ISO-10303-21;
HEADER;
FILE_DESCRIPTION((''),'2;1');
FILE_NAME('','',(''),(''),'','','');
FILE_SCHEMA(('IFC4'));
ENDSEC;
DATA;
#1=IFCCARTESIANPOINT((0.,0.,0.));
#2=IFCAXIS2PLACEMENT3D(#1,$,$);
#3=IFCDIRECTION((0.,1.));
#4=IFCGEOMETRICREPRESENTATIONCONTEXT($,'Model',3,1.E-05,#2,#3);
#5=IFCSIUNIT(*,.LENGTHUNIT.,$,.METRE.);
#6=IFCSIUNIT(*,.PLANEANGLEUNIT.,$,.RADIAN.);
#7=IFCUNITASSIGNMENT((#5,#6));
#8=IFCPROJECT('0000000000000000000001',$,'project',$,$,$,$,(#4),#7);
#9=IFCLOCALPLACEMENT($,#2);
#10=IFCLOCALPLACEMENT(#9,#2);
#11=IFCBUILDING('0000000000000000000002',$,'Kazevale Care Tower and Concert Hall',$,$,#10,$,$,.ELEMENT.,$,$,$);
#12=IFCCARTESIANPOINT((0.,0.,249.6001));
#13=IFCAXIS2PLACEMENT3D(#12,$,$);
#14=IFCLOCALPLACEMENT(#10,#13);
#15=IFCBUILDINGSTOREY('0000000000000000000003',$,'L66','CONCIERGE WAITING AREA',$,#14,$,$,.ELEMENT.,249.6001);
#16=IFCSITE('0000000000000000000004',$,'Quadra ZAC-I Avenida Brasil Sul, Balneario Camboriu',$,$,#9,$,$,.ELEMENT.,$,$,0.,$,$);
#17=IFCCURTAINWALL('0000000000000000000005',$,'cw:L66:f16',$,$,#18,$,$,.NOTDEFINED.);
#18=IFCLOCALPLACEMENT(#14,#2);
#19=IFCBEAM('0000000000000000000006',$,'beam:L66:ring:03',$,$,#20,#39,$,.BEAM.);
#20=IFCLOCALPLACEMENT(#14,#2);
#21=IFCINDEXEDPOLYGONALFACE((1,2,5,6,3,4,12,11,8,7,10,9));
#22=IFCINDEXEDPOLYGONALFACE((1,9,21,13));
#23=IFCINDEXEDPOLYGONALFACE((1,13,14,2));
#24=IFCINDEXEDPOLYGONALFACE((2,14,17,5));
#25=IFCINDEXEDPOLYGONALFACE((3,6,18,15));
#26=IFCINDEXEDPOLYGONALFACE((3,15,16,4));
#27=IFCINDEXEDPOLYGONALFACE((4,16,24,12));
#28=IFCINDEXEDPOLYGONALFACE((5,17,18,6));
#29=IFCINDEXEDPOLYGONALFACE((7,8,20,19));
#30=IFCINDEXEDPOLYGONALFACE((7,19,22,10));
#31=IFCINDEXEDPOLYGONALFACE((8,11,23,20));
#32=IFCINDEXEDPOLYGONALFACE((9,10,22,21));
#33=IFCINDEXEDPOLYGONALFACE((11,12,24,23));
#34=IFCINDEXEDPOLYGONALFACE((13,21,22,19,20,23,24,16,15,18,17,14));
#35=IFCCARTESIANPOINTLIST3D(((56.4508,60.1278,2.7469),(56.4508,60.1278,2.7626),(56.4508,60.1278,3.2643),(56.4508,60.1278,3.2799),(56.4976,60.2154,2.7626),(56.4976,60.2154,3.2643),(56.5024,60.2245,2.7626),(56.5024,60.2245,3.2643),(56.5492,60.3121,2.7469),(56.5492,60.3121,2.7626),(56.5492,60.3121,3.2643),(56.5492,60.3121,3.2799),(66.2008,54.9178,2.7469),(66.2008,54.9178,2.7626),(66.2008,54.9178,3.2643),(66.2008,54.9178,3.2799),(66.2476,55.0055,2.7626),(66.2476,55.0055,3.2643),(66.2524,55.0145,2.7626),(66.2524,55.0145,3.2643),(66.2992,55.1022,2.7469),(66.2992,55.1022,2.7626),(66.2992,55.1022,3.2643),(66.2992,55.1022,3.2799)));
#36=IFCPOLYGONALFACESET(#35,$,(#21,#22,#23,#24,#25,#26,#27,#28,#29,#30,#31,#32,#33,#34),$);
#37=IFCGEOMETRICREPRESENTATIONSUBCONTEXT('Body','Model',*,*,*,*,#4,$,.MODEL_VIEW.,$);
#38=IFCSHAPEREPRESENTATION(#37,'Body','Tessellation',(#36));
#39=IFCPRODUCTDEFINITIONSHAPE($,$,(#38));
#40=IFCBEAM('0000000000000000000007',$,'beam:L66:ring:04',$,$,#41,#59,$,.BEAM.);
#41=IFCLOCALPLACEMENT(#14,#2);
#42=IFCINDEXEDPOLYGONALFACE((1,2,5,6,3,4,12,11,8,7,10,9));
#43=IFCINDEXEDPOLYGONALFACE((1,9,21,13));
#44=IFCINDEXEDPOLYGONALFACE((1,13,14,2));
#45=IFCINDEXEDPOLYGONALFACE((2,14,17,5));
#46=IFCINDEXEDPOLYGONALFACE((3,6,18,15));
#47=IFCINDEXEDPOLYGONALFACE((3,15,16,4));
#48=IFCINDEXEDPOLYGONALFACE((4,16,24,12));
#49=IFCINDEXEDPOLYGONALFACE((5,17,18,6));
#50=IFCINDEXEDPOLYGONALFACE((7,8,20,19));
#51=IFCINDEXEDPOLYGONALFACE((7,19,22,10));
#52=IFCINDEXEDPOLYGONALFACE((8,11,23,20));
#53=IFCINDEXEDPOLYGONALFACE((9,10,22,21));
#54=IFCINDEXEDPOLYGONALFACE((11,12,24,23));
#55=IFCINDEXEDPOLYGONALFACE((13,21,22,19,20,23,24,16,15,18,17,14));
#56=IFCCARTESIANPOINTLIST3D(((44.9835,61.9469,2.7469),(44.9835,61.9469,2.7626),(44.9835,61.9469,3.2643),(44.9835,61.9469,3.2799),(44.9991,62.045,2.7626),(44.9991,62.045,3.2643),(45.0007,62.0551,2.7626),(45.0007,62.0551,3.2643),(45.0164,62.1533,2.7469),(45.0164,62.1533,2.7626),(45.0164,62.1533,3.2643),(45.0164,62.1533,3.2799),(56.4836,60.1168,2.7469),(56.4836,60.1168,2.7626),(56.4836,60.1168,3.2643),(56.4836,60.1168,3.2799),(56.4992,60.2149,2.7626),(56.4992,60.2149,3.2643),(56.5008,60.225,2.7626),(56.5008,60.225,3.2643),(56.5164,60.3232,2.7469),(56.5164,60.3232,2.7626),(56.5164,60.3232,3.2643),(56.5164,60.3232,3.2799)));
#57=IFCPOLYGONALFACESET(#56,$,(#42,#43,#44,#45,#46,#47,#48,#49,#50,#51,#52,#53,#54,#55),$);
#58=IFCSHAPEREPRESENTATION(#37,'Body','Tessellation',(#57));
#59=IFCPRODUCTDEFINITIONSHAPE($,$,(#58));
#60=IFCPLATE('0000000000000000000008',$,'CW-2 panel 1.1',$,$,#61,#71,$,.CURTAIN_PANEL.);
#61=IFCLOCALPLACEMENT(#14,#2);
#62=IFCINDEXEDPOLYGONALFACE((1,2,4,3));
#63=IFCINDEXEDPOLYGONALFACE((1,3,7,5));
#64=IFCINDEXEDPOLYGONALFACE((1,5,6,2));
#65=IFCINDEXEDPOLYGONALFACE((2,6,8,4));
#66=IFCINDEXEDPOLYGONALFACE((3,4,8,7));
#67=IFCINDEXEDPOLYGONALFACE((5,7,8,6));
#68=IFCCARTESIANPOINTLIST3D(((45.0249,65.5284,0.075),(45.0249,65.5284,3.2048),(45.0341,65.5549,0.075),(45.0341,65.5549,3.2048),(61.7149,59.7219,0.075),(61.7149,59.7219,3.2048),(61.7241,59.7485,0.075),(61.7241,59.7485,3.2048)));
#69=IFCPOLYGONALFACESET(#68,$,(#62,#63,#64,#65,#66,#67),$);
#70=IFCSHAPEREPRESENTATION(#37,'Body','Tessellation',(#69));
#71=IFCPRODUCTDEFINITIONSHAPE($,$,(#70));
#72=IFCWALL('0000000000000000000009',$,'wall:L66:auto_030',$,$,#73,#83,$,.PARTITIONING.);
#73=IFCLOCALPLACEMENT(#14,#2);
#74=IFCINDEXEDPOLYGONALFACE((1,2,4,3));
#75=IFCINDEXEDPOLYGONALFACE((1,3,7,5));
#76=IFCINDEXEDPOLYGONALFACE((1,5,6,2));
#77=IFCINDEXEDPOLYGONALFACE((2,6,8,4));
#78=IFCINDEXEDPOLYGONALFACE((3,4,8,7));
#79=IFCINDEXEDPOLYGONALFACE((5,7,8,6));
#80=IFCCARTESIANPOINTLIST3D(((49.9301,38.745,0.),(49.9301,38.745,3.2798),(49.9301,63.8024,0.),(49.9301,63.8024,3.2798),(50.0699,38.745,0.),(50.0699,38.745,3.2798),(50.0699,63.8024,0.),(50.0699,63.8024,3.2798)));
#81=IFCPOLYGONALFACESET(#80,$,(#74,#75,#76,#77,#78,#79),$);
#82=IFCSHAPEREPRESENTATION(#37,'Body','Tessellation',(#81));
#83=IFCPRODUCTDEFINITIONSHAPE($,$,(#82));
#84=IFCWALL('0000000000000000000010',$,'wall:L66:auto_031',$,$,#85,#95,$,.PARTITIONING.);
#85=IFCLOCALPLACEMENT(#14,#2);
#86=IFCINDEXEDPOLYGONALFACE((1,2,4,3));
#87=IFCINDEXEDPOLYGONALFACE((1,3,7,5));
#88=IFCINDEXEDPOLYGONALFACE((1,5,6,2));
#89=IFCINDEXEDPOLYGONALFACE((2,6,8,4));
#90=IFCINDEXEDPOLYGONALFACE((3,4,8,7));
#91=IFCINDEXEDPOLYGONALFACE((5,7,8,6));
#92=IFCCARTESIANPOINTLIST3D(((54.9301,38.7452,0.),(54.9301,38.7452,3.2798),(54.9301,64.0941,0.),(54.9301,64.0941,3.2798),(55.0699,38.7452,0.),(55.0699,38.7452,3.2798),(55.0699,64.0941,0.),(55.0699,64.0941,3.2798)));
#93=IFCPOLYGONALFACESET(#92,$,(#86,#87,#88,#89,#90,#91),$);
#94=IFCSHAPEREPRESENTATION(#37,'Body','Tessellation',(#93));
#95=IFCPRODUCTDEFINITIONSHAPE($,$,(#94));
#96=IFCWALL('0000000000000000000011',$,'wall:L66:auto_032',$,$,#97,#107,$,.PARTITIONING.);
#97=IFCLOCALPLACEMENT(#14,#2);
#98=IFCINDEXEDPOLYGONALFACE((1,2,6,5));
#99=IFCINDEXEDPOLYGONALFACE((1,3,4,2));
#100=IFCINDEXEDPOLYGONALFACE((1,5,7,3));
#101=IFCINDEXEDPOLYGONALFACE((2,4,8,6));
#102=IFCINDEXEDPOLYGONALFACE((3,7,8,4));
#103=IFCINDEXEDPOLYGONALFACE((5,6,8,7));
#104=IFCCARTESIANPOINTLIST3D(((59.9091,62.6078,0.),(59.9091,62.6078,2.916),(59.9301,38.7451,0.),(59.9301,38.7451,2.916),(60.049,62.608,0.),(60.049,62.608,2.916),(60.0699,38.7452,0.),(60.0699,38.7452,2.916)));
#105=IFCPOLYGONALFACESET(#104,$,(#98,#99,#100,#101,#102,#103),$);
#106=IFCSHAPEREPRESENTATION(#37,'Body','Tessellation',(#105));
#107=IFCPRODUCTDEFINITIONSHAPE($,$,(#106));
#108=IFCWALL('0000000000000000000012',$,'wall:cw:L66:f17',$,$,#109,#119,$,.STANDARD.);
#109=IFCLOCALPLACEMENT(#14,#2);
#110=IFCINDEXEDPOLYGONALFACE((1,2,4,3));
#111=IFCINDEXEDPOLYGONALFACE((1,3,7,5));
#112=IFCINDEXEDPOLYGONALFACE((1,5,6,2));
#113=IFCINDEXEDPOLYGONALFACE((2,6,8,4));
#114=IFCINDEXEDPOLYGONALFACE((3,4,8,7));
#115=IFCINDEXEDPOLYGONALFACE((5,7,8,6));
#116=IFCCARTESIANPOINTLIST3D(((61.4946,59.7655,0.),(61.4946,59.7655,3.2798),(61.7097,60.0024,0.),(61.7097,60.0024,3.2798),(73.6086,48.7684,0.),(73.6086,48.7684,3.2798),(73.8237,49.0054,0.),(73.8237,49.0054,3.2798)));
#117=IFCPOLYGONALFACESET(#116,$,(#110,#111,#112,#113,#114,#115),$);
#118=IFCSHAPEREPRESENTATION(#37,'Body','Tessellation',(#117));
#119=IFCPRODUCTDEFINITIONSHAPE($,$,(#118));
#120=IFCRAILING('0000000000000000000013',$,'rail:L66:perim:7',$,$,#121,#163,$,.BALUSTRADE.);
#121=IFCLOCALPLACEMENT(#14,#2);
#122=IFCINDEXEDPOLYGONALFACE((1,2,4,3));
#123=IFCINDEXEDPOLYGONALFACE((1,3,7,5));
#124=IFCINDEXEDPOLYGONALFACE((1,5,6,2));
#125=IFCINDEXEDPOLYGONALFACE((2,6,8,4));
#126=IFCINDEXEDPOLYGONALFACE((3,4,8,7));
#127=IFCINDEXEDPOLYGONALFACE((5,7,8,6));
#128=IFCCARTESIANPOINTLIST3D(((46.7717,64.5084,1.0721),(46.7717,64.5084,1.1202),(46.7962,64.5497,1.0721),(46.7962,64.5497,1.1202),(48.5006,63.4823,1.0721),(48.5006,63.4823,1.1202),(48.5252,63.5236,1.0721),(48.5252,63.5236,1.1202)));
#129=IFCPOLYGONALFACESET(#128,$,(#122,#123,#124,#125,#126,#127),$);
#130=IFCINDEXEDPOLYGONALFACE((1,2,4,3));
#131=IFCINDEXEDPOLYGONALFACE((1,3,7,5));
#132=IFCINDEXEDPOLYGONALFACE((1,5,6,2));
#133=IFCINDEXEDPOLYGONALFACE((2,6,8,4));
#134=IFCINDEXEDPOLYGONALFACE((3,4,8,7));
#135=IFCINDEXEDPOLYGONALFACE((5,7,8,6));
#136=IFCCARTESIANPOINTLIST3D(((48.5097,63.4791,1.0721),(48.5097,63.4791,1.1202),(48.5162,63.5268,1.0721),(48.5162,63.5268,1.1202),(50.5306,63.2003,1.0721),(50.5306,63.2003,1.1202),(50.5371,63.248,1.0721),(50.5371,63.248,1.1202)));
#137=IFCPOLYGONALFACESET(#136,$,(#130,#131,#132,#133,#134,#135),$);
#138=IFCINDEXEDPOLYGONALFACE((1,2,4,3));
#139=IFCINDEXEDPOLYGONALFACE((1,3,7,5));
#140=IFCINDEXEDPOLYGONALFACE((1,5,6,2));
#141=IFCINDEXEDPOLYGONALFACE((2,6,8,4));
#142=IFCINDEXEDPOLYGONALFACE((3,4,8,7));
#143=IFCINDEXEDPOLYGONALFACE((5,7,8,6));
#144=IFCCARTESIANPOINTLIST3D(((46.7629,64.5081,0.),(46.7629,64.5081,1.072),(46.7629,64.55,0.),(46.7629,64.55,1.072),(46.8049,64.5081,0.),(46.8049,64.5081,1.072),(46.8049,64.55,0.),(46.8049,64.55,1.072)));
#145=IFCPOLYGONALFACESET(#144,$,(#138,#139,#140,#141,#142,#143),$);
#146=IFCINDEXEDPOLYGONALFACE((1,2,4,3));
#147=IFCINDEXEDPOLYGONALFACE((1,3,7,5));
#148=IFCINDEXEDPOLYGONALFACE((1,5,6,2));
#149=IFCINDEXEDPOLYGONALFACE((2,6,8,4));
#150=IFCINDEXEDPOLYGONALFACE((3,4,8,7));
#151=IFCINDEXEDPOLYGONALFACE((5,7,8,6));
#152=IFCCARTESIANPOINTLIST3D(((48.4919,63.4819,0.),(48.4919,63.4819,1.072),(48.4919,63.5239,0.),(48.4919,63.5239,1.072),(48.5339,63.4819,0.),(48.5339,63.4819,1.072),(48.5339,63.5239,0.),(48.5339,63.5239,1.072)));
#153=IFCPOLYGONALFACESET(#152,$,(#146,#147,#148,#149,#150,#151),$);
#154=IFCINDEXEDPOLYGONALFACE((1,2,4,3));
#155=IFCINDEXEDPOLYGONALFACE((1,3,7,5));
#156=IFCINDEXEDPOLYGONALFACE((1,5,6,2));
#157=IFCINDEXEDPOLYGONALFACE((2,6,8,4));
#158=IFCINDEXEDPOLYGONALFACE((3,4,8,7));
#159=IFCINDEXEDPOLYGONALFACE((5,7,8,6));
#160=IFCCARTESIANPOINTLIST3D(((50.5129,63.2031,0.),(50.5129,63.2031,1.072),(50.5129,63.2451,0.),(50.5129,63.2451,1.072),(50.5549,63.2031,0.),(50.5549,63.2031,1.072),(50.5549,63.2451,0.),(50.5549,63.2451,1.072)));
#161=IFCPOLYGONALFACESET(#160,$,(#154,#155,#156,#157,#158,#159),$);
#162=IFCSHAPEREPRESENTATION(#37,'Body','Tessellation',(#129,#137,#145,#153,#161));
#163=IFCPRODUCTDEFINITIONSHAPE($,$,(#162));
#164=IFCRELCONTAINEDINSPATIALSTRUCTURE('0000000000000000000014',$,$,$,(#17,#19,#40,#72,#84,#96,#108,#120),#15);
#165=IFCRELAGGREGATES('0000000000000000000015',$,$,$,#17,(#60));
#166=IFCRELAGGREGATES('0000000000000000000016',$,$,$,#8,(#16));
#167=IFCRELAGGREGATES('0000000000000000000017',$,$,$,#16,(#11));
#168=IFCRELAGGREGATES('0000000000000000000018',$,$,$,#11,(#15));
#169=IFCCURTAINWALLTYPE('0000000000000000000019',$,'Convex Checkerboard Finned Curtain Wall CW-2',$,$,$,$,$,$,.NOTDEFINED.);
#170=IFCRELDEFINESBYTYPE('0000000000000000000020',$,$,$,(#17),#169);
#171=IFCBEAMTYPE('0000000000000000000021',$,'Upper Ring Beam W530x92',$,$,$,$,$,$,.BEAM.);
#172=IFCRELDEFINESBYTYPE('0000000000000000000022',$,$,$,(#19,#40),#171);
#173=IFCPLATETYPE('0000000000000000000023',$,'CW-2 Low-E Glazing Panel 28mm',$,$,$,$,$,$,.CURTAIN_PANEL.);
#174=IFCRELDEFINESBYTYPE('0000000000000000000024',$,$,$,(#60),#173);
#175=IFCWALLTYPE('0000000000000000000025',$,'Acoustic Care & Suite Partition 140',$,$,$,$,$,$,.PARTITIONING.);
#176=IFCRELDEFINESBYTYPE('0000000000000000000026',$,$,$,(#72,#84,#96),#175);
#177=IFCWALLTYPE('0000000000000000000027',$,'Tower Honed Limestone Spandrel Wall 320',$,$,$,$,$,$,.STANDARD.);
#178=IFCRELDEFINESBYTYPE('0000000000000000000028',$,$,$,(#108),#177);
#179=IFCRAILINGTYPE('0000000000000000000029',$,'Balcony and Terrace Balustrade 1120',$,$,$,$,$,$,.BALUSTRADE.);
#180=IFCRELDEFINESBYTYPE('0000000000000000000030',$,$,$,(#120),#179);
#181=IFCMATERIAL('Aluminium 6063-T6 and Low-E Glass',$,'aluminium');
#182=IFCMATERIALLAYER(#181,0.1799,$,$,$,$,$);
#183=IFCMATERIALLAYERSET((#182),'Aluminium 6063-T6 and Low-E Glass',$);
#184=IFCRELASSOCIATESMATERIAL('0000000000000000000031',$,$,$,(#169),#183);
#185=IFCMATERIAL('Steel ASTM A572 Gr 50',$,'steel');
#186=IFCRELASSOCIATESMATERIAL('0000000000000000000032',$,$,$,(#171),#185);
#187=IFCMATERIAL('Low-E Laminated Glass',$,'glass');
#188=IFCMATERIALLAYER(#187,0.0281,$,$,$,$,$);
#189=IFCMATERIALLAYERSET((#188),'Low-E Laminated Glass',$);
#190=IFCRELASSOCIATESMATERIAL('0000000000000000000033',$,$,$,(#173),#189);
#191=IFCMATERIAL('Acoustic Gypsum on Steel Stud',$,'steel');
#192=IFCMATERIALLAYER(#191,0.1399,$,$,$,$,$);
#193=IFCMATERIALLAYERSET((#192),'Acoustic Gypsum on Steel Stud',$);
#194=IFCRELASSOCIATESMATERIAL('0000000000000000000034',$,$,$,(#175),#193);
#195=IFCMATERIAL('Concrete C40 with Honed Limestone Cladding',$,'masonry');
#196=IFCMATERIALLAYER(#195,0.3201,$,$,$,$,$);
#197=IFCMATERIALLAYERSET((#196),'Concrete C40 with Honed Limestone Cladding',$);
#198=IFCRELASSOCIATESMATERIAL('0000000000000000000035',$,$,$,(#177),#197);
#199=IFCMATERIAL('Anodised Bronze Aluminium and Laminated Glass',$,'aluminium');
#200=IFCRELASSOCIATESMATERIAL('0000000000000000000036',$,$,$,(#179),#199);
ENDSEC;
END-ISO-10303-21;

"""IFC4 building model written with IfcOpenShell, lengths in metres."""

from ifc_helpers import new_model, si_unit, direction, frame, frame_2d, origin, origin_2d, place, context, subcontext, project, spatial, rectangle, i_section, extrude, material, layer, layer_set, material_profile, profile_set, type_object, element, aggregate, save


model = new_model("IFC4")

# Units and contexts
model_context = context("Model", 3, precision=1e-05, world=origin(), true_north=direction((0.0, 1.0)))
body_context = subcontext(model_context, "Body", "Model", "MODEL_VIEW")
ifc_project = project(units=[si_unit("LENGTHUNIT", "METRE"), si_unit("PLANEANGLEUNIT", "RADIAN")], contexts=[model_context])

# Site, building, storey
site_placement = place(None, origin())
site = spatial("IfcSite", under=ifc_project, at=site_placement, Name="Quadra ZAC-I Avenida Brasil Sul, Balneario Camboriu", CompositionType="ELEMENT", RefElevation=0.0)
building_placement = place(site_placement, origin())
building = spatial("IfcBuilding", under=site, at=building_placement, Name="Kazevale Care Tower and Concert Hall", CompositionType="ELEMENT")
storey_placement = place(building_placement, frame((0.0, 0.0, 249.6001)))
storey = spatial("IfcBuildingStorey", under=building, at=storey_placement, Name="L66", Description="CONCIERGE WAITING AREA", CompositionType="ELEMENT", Elevation=249.6001)

# Curtain wall
ifc_material_1 = material(Name="Aluminium 6063-T6 and Low-E Glass", Category="aluminium")
ifc_layer_1 = layer(ifc_material_1, 0.1799)
ifc_layer_set_1 = layer_set([ifc_layer_1], Name="Aluminium 6063-T6 and Low-E Glass")
curtain_wall_type_1 = type_object("IfcCurtainWallType", Name="Convex Checkerboard Finned Curtain Wall CW-2", PredefinedType="NOTDEFINED", material=ifc_layer_set_1)
curtain_wall_1_placement = place(storey_placement, origin())
curtain_wall_1 = element("IfcCurtainWall", 1, at=curtain_wall_1_placement, inside=storey, type_object=curtain_wall_type_1, Name="cw:L66:f16", PredefinedType="NOTDEFINED")

# Beams
ifc_material_2 = material(Name="Steel ASTM A572 Gr 50", Category="steel")
ifc_material_profile_1 = material_profile(ifc_material_2, i_section(OverallWidth=0.209, OverallDepth=0.533, WebThickness=0.0103, FlangeThickness=0.0156, at=origin_2d()), Name="W530x92")
ifc_profile_set_1 = profile_set([ifc_material_profile_1], Name="Steel ASTM A572 Gr 50")
beam_type_1 = type_object("IfcBeamType", Name="Upper Ring Beam W530x92", PredefinedType="BEAM", material=ifc_profile_set_1)
beam_1_placement = place(storey_placement, frame((66.25, 55.01, 3.0134), z_axis=(-0.881979, 0.47129, 0.0), x_axis=(-0.47129, -0.881979, 0.0)))
element("IfcBeam", 2, at=beam_1_placement, inside=storey, type_object=beam_type_1, Name="beam:L66:ring:03", PredefinedType="BEAM", context=body_context, shape_type="SweptSolid", body=[
    extrude(i_section(OverallWidth=0.209, OverallDepth=0.533, WebThickness=0.0103, FlangeThickness=0.0156, at=origin_2d()), origin(), (0.0, 0.0, 1.0), 11.0547),
])
beam_2_placement = place(storey_placement, frame((56.5, 60.22, 3.0134), z_axis=(-0.987573, 0.15716, 0.0), x_axis=(-0.15716, -0.987573, 0.0)))
element("IfcBeam", 3, at=beam_2_placement, inside=storey, type_object=beam_type_1, Name="beam:L66:ring:04", PredefinedType="BEAM", context=body_context, shape_type="SweptSolid", body=[
    extrude(i_section(OverallWidth=0.209, OverallDepth=0.533, WebThickness=0.0103, FlangeThickness=0.0156, at=origin_2d()), origin(), (0.0, 0.0, 1.0), 11.6448),
])

# Plate
ifc_material_3 = material(Name="Low-E Laminated Glass", Category="glass")
ifc_layer_2 = layer(ifc_material_3, 0.0281)
ifc_layer_set_2 = layer_set([ifc_layer_2], Name="Low-E Laminated Glass")
plate_type = type_object("IfcPlateType", Name="CW-2 Low-E Glazing Panel 28mm", PredefinedType="CURTAIN_PANEL", material=ifc_layer_set_2)
plate_placement = place(storey_placement, frame((53.3745, 62.6384, 0.075), z_axis=(0.0, 0.0, 1.0), x_axis=(0.944475, -0.328584, 0.0)))
plate = element("IfcPlate", 4, at=plate_placement, type_object=plate_type, Name="CW-2 panel 1.1", PredefinedType="CURTAIN_PANEL", context=body_context, shape_type="SweptSolid", body=[
    extrude(rectangle(XDim=17.6711, YDim=0.0281, at=origin_2d()), origin(), (0.0, 0.0, 1.0), 3.1299),
])
aggregate(curtain_wall_1, [plate])

# Walls
ifc_material_4 = material(Name="Acoustic Gypsum on Steel Stud", Category="steel")
ifc_layer_3 = layer(ifc_material_4, 0.1399)
ifc_layer_set_3 = layer_set([ifc_layer_3], Name="Acoustic Gypsum on Steel Stud")
wall_type_1 = type_object("IfcWallType", Name="Acoustic Care & Suite Partition 140", PredefinedType="PARTITIONING", material=ifc_layer_set_3)
wall_1_placement = place(storey_placement, frame((50.0, 63.8025, 0.0), z_axis=(0.0, 0.0, 1.0), x_axis=(0.0, -1.0, 0.0)))
element("IfcWall", 5, at=wall_1_placement, inside=storey, type_object=wall_type_1, Name="wall:L66:auto_030", PredefinedType="PARTITIONING", context=body_context, shape_type="SweptSolid", body=[
    extrude(rectangle(XDim=25.0574, YDim=0.1399, at=frame_2d((12.5288, 0.0))), origin(), (0.0, 0.0, 1.0), 3.2798),
])
wall_2_placement = place(storey_placement, frame((55.0, 64.094, 0.0), z_axis=(0.0, 0.0, 1.0), x_axis=(0.0, -1.0, 0.0)))
element("IfcWall", 6, at=wall_2_placement, inside=storey, type_object=wall_type_1, Name="wall:L66:auto_031", PredefinedType="PARTITIONING", context=body_context, shape_type="SweptSolid", body=[
    extrude(rectangle(XDim=25.3489, YDim=0.1399, at=frame_2d((12.6743, 0.0))), origin(), (0.0, 0.0, 1.0), 3.2798),
])
wall_3_placement = place(storey_placement, frame((59.979, 62.6079, 0.0), z_axis=(0.0, 0.0, 1.0), x_axis=(0.00088, -1.0, 0.0)))
element("IfcWall", 7, at=wall_3_placement, inside=storey, type_object=wall_type_1, Name="wall:L66:auto_032", PredefinedType="PARTITIONING", context=body_context, shape_type="SweptSolid", body=[
    extrude(rectangle(XDim=23.8628, YDim=0.1399, at=frame_2d((11.9314, 0.0))), origin(), (0.0, 0.0, 1.0), 2.916),
])
ifc_material_5 = material(Name="Concrete C40 with Honed Limestone Cladding", Category="masonry")
ifc_layer_4 = layer(ifc_material_5, 0.3201)
ifc_layer_set_4 = layer_set([ifc_layer_4], Name="Concrete C40 with Honed Limestone Cladding")
wall_type_2 = type_object("IfcWallType", Name="Tower Honed Limestone Spandrel Wall 320", PredefinedType="STANDARD", material=ifc_layer_set_4)
wall_4_placement = place(storey_placement, frame((61.6021, 59.884, 0.0), z_axis=(0.0, 0.0, 1.0), x_axis=(0.740417, -0.672148, 0.0)))
element("IfcWall", 8, at=wall_4_placement, inside=storey, type_object=wall_type_2, Name="wall:cw:L66:f17", PredefinedType="STANDARD", context=body_context, shape_type="SweptSolid", body=[
    extrude(rectangle(XDim=16.3611, YDim=0.3201, at=frame_2d((8.1807, 0.0))), origin(), (0.0, 0.0, 1.0), 3.2798),
])

# Railing
ifc_material_6 = material(Name="Anodised Bronze Aluminium and Laminated Glass", Category="aluminium")
railing_type = type_object("IfcRailingType", Name="Balcony and Terrace Balustrade 1120", PredefinedType="BALUSTRADE", material=ifc_material_6)
railing_1_placement = place(storey_placement, frame((46.7839, 64.5291, 0.0)))
element("IfcRailing", 9, at=railing_1_placement, inside=storey, type_object=railing_type, Name="rail:L66:perim:7", PredefinedType="BALUSTRADE", context=body_context, shape_type="SweptSolid", body=[
    extrude(rectangle(XDim=0.0481, YDim=0.0481, at=origin_2d()), frame((0.0, 0.0, 1.0962), z_axis=(0.859958, -0.510365, 0.0), x_axis=(0.510365, 0.859958, 0.0)), (0.0, 0.0, 1.0), 2.0105),
    extrude(rectangle(XDim=0.0481, YDim=0.0481, at=origin_2d()), frame((1.729, -1.0261, 1.0962), z_axis=(0.990618, -0.136662, 0.0), x_axis=(0.136662, 0.990618, 0.0)), (0.0, 0.0, 1.0), 2.04),
    extrude(rectangle(XDim=0.042, YDim=0.042, at=origin_2d()), origin(), (0.0, 0.0, 1.0), 1.072),
    extrude(rectangle(XDim=0.042, YDim=0.042, at=origin_2d()), frame((1.729, -1.0261, 0.0)), (0.0, 0.0, 1.0), 1.072),
    extrude(rectangle(XDim=0.042, YDim=0.042, at=origin_2d()), frame((3.75, -1.3049, 0.0)), (0.0, 0.0, 1.0), 1.072),
])

save(model, "model.ifc")
